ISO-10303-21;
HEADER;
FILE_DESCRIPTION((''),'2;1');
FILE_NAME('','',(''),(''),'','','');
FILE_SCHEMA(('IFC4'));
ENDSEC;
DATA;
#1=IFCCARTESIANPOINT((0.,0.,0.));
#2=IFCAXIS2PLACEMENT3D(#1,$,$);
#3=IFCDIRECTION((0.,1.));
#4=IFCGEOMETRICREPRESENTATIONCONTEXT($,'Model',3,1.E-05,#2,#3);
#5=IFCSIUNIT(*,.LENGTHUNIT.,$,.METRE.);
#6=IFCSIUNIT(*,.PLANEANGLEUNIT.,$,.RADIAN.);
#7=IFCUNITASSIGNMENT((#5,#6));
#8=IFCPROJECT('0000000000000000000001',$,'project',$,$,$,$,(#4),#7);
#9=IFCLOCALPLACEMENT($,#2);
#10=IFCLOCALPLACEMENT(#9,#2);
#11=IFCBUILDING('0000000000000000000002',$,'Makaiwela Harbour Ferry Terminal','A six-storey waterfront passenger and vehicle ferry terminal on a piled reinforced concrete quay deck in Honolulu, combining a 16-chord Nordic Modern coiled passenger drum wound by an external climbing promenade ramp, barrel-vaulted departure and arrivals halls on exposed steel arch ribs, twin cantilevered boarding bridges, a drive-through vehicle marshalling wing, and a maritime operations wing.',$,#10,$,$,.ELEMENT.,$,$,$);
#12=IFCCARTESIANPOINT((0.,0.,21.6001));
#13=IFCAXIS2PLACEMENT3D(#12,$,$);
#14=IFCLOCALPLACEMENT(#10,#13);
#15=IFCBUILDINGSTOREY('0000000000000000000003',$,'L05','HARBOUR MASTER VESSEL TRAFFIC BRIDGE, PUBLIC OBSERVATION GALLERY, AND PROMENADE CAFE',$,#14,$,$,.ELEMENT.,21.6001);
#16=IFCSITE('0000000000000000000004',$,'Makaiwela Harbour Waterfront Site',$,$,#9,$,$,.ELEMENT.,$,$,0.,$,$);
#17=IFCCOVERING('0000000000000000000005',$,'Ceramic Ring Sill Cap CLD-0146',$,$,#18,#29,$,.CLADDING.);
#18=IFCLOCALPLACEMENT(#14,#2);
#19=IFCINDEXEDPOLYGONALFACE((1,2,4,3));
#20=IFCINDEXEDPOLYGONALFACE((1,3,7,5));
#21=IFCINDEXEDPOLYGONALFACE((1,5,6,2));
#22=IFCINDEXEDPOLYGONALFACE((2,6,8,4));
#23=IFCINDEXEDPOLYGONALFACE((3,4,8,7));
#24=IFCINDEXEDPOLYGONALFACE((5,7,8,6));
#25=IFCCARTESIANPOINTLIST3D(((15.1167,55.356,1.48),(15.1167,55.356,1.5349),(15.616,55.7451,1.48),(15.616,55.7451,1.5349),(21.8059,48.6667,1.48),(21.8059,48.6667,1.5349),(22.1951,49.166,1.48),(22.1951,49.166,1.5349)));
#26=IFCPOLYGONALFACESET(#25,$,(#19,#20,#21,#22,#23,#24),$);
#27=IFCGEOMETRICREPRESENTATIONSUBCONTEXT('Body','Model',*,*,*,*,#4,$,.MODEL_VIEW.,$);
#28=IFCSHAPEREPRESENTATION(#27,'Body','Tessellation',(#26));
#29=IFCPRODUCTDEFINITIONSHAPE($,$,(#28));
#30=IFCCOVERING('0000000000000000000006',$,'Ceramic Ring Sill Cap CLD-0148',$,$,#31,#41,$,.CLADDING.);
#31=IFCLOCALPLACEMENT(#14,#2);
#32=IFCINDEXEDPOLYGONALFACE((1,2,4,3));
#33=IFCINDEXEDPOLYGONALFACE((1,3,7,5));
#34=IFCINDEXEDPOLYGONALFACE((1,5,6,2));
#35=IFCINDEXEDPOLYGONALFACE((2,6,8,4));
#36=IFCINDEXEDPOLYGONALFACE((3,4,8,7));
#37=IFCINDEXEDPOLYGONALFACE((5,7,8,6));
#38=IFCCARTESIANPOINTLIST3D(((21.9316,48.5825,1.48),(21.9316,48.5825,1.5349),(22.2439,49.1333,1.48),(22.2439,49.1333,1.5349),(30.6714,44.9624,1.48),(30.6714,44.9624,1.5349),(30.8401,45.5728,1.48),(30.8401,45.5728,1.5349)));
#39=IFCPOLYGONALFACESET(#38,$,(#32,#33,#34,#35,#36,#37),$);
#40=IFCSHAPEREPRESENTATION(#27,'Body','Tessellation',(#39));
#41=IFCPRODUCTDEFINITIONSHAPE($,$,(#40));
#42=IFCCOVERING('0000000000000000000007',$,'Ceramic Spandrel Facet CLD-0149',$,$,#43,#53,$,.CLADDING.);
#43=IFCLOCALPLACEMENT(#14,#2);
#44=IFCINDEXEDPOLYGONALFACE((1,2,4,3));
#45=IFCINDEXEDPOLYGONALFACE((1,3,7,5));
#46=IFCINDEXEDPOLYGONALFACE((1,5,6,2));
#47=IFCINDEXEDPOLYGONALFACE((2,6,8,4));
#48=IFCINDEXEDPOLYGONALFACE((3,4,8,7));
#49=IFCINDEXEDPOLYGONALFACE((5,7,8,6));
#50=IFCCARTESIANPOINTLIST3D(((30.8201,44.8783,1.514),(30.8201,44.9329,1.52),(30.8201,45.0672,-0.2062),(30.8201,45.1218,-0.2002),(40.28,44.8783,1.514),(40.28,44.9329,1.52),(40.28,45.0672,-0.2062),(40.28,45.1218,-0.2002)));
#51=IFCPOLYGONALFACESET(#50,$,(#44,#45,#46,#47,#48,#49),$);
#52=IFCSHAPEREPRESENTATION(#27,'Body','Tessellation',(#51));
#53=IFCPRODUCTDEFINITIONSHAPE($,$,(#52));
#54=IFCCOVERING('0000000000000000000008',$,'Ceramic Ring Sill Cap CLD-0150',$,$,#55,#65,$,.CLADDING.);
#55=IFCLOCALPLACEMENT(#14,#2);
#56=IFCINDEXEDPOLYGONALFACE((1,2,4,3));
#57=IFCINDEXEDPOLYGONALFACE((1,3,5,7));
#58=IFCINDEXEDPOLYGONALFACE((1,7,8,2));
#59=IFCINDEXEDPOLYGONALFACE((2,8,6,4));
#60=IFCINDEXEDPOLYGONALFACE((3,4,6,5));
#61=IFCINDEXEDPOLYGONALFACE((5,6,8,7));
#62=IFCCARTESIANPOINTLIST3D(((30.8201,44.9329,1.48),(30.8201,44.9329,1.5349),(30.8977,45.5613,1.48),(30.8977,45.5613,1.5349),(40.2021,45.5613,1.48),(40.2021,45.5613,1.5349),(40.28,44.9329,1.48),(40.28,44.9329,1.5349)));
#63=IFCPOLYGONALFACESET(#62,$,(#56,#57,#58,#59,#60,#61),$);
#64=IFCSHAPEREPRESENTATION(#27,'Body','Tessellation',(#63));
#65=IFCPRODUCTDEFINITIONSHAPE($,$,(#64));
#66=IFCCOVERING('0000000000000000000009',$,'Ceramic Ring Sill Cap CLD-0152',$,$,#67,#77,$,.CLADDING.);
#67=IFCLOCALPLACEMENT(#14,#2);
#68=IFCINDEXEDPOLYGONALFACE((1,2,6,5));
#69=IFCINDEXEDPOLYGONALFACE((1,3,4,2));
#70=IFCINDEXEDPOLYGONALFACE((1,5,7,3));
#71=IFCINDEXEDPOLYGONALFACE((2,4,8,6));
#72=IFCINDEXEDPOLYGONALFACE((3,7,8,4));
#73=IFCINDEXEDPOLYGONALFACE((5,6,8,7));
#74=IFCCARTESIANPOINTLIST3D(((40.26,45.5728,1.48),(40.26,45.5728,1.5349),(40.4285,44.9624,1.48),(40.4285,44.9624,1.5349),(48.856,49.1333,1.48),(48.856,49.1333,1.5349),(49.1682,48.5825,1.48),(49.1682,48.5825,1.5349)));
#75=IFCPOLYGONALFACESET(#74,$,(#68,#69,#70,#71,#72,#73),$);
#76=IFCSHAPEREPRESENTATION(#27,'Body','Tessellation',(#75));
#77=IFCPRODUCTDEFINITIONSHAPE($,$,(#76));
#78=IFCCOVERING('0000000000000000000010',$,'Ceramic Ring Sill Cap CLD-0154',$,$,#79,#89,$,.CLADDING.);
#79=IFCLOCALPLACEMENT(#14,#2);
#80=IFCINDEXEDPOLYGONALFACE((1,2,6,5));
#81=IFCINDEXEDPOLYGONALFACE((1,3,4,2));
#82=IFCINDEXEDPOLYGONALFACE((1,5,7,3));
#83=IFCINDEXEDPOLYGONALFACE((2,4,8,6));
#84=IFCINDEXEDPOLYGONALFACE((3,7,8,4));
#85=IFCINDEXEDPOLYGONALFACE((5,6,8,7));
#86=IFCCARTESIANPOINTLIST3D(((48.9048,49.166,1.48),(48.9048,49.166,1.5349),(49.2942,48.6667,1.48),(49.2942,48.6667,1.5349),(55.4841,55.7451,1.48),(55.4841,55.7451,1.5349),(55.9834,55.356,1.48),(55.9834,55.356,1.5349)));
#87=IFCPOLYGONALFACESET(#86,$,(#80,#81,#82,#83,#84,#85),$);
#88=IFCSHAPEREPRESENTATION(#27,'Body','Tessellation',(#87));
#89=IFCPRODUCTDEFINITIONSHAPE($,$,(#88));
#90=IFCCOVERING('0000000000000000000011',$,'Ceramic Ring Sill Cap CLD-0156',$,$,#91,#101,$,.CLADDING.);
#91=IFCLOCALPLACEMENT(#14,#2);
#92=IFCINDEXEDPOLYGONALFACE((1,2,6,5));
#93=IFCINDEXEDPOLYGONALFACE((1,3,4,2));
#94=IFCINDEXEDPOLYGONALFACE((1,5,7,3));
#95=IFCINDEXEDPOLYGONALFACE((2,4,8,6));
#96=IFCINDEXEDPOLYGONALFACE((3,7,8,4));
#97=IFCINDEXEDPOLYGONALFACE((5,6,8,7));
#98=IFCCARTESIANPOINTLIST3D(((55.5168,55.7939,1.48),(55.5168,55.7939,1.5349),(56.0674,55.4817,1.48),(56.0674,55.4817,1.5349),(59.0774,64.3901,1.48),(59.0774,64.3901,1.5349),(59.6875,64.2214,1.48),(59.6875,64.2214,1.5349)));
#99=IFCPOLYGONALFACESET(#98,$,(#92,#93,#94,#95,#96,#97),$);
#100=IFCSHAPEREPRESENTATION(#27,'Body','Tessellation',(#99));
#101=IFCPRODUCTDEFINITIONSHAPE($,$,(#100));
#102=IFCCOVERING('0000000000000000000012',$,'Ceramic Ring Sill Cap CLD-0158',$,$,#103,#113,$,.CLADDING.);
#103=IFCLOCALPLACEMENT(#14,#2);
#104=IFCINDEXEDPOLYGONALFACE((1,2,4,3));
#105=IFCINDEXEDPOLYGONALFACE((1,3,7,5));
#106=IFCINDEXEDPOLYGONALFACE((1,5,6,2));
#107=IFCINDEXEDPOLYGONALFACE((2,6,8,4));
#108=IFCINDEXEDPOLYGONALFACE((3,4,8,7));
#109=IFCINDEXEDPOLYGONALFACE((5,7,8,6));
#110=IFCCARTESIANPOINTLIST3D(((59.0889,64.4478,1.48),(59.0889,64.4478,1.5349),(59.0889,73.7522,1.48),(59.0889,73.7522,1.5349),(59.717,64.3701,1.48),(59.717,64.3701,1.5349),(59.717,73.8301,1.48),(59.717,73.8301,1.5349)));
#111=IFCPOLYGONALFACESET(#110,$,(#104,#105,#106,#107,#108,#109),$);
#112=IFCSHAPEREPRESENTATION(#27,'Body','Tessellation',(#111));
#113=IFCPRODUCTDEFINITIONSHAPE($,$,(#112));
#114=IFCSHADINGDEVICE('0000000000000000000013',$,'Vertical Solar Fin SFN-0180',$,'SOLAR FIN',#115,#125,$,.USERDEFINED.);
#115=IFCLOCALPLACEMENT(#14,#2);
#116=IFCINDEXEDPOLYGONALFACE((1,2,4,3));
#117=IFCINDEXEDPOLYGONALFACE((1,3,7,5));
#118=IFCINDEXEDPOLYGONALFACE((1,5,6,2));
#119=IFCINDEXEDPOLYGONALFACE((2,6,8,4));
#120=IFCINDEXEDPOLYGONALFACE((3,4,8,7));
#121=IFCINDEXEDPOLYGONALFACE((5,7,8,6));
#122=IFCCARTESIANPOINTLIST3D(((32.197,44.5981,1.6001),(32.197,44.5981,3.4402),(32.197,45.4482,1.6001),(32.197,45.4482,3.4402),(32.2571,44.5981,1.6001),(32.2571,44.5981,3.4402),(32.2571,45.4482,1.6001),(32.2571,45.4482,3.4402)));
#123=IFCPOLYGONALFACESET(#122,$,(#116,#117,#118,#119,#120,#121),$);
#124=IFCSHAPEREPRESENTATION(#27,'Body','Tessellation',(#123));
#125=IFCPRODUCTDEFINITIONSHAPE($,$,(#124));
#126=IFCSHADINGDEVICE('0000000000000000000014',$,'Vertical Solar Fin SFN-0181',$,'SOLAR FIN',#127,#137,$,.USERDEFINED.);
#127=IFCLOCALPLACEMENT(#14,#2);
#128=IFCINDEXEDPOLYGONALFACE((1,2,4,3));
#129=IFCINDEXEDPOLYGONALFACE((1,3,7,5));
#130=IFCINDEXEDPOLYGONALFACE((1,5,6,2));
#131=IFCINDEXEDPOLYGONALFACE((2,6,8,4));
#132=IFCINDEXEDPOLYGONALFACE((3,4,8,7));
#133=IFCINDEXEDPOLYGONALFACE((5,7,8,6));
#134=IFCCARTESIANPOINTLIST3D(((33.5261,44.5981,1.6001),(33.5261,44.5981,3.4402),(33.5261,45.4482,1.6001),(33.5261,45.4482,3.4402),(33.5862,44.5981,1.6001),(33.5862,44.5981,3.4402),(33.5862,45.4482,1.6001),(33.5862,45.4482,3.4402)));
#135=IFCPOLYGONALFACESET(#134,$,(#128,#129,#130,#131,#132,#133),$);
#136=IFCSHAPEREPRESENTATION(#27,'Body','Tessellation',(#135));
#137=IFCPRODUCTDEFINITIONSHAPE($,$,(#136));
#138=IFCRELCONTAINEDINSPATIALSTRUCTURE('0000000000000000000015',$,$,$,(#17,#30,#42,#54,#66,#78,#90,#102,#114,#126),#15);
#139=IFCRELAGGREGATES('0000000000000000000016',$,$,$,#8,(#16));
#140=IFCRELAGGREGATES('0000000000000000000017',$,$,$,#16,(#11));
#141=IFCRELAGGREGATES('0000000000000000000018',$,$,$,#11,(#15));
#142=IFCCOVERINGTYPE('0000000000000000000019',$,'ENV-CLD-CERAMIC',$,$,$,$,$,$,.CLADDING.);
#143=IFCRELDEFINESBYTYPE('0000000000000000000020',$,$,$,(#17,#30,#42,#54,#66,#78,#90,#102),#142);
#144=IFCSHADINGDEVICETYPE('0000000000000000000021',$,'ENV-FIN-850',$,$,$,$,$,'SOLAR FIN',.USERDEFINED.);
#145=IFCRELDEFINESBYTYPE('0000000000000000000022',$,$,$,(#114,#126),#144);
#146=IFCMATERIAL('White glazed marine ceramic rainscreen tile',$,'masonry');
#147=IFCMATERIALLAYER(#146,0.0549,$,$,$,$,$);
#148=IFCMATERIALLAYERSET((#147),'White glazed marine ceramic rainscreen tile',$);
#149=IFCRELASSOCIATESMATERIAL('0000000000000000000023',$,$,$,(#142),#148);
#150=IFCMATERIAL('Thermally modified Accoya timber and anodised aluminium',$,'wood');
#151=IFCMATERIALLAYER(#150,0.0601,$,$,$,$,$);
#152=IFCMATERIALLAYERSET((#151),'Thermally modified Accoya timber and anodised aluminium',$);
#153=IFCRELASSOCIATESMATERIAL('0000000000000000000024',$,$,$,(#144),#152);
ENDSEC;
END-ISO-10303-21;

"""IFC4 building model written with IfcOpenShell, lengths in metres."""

from ifc_helpers import new_model, si_unit, direction, frame, origin, origin_2d, place, context, subcontext, project, spatial, polyline, rectangle, outline, extrude, material, layer, layer_set, type_object, element, save


model = new_model("IFC4")

# Units and contexts
model_context = context("Model", 3, precision=1e-05, world=origin(), true_north=direction((0.0, 1.0)))
body_context = subcontext(model_context, "Body", "Model", "MODEL_VIEW")
ifc_project = project(units=[si_unit("LENGTHUNIT", "METRE"), si_unit("PLANEANGLEUNIT", "RADIAN")], contexts=[model_context])

# Site, building, storey
site_placement = place(None, origin())
site = spatial("IfcSite", under=ifc_project, at=site_placement, Name="Makaiwela Harbour Waterfront Site", CompositionType="ELEMENT", RefElevation=0.0)
building_placement = place(site_placement, origin())
building = spatial("IfcBuilding", under=site, at=building_placement, Name="Makaiwela Harbour Ferry Terminal", Description="A six-storey waterfront passenger and vehicle ferry terminal on a piled reinforced concrete quay deck in Honolulu, combining a 16-chord Nordic Modern coiled passenger drum wound by an external climbing promenade ramp, barrel-vaulted departure and arrivals halls on exposed steel arch ribs, twin cantilevered boarding bridges, a drive-through vehicle marshalling wing, and a maritime operations wing.", CompositionType="ELEMENT")
storey_placement = place(building_placement, frame((0.0, 0.0, 21.6001)))
storey = spatial("IfcBuildingStorey", under=building, at=storey_placement, Name="L05", Description="HARBOUR MASTER VESSEL TRAFFIC BRIDGE, PUBLIC OBSERVATION GALLERY, AND PROMENADE CAFE", CompositionType="ELEMENT", Elevation=21.6001)

# Coverings
ifc_material_1 = material(Name="White glazed marine ceramic rainscreen tile", Category="masonry")
ifc_layer_1 = layer(ifc_material_1, 0.0549)
ifc_layer_set_1 = layer_set([ifc_layer_1], Name="White glazed marine ceramic rainscreen tile")
covering_type = type_object("IfcCoveringType", Name="ENV-CLD-CERAMIC", PredefinedType="CLADDING", material=ifc_layer_set_1)
covering_1_placement = place(storey_placement, frame((0.0, 0.0, 1.48)))
element("IfcCovering", 1, at=covering_1_placement, inside=storey, type_object=covering_type, Name="Ceramic Ring Sill Cap CLD-0146", PredefinedType="CLADDING", context=body_context, shape_type="SweptSolid", body=[
    extrude(outline(polyline([(15.1167, 55.356), (21.8059, 48.6667), (22.1951, 49.166), (15.616, 55.7451), (15.1167, 55.356)])), origin(), (0.0, 0.0, 1.0), 0.0549),
])
covering_2_placement = place(storey_placement, frame((0.0, 0.0, 1.48)))
element("IfcCovering", 2, at=covering_2_placement, inside=storey, type_object=covering_type, Name="Ceramic Ring Sill Cap CLD-0148", PredefinedType="CLADDING", context=body_context, shape_type="SweptSolid", body=[
    extrude(outline(polyline([(21.9316, 48.5825), (30.6714, 44.9624), (30.8401, 45.5728), (22.2439, 49.1333), (21.9316, 48.5825)])), origin(), (0.0, 0.0, 1.0), 0.0549),
])
covering_3_placement = place(storey_placement, frame((30.8201, 45.1218, -0.2002), z_axis=(0.0, 0.994021, 0.109193), x_axis=(1.0, 0.0, 0.0)))
element("IfcCovering", 3, at=covering_3_placement, inside=storey, type_object=covering_type, Name="Ceramic Spandrel Facet CLD-0149", PredefinedType="CLADDING", context=body_context, shape_type="SweptSolid", body=[
    extrude(outline(polyline([(0.0, 0.0), (9.46, 0.0), (9.46, -1.7306), (0.0, -1.7306), (0.0, 0.0)])), origin(), (0.0, 0.0, -1.0), 0.0549),
])
covering_4_placement = place(storey_placement, frame((0.0, 0.0, 1.48)))
element("IfcCovering", 4, at=covering_4_placement, inside=storey, type_object=covering_type, Name="Ceramic Ring Sill Cap CLD-0150", PredefinedType="CLADDING", context=body_context, shape_type="SweptSolid", body=[
    extrude(outline(polyline([(30.8201, 44.9329), (40.28, 44.9329), (40.2021, 45.5613), (30.8977, 45.5613), (30.8201, 44.9329)])), origin(), (0.0, 0.0, 1.0), 0.0549),
])
covering_5_placement = place(storey_placement, frame((0.0, 0.0, 1.48)))
element("IfcCovering", 5, at=covering_5_placement, inside=storey, type_object=covering_type, Name="Ceramic Ring Sill Cap CLD-0152", PredefinedType="CLADDING", context=body_context, shape_type="SweptSolid", body=[
    extrude(outline(polyline([(40.4285, 44.9624), (49.1682, 48.5825), (48.856, 49.1333), (40.26, 45.5728), (40.4285, 44.9624)])), origin(), (0.0, 0.0, 1.0), 0.0549),
])
covering_6_placement = place(storey_placement, frame((0.0, 0.0, 1.48)))
element("IfcCovering", 6, at=covering_6_placement, inside=storey, type_object=covering_type, Name="Ceramic Ring Sill Cap CLD-0154", PredefinedType="CLADDING", context=body_context, shape_type="SweptSolid", body=[
    extrude(outline(polyline([(49.2942, 48.6667), (55.9834, 55.356), (55.4841, 55.7451), (48.9048, 49.166), (49.2942, 48.6667)])), origin(), (0.0, 0.0, 1.0), 0.0549),
])
covering_7_placement = place(storey_placement, frame((0.0, 0.0, 1.48)))
element("IfcCovering", 7, at=covering_7_placement, inside=storey, type_object=covering_type, Name="Ceramic Ring Sill Cap CLD-0156", PredefinedType="CLADDING", context=body_context, shape_type="SweptSolid", body=[
    extrude(outline(polyline([(56.0674, 55.4817), (59.6875, 64.2214), (59.0774, 64.3901), (55.5168, 55.7939), (56.0674, 55.4817)])), origin(), (0.0, 0.0, 1.0), 0.0549),
])
covering_8_placement = place(storey_placement, frame((0.0, 0.0, 1.48)))
element("IfcCovering", 8, at=covering_8_placement, inside=storey, type_object=covering_type, Name="Ceramic Ring Sill Cap CLD-0158", PredefinedType="CLADDING", context=body_context, shape_type="SweptSolid", body=[
    extrude(outline(polyline([(59.717, 64.3701), (59.717, 73.8301), (59.0889, 73.7522), (59.0889, 64.4478), (59.717, 64.3701)])), origin(), (0.0, 0.0, 1.0), 0.0549),
])

# Shading devices
ifc_material_2 = material(Name="Thermally modified Accoya timber and anodised aluminium", Category="wood")
ifc_layer_2 = layer(ifc_material_2, 0.0601)
ifc_layer_set_2 = layer_set([ifc_layer_2], Name="Thermally modified Accoya timber and anodised aluminium")
shading_device_type = type_object("IfcShadingDeviceType", Name="ENV-FIN-850", ElementType="SOLAR FIN", PredefinedType="USERDEFINED", material=ifc_layer_set_2)
for number, where, z_axis, x_axis, name in (
    (9, (32.2271, 45.0232, 1.6001), (0.0, 0.0, 1.0), (0.0, -1.0, 0.0), "Vertical Solar Fin SFN-0180"),
    (10, (33.5562, 45.0232, 1.6001), (0.0, 0.0, 1.0), (0.0, -1.0, 0.0), "Vertical Solar Fin SFN-0181"),
):
    element("IfcShadingDevice", number, at=place(storey_placement, frame(where, z_axis=z_axis, x_axis=x_axis)), inside=storey, type_object=shading_device_type, Name=name, ObjectType="SOLAR FIN", PredefinedType="USERDEFINED", context=body_context, shape_type="SweptSolid", body=[
        extrude(rectangle(XDim=0.8501, YDim=0.0601, at=origin_2d()), origin(), (0.0, 0.0, 1.0), 1.8401),
    ])

save(model, "model.ifc")
